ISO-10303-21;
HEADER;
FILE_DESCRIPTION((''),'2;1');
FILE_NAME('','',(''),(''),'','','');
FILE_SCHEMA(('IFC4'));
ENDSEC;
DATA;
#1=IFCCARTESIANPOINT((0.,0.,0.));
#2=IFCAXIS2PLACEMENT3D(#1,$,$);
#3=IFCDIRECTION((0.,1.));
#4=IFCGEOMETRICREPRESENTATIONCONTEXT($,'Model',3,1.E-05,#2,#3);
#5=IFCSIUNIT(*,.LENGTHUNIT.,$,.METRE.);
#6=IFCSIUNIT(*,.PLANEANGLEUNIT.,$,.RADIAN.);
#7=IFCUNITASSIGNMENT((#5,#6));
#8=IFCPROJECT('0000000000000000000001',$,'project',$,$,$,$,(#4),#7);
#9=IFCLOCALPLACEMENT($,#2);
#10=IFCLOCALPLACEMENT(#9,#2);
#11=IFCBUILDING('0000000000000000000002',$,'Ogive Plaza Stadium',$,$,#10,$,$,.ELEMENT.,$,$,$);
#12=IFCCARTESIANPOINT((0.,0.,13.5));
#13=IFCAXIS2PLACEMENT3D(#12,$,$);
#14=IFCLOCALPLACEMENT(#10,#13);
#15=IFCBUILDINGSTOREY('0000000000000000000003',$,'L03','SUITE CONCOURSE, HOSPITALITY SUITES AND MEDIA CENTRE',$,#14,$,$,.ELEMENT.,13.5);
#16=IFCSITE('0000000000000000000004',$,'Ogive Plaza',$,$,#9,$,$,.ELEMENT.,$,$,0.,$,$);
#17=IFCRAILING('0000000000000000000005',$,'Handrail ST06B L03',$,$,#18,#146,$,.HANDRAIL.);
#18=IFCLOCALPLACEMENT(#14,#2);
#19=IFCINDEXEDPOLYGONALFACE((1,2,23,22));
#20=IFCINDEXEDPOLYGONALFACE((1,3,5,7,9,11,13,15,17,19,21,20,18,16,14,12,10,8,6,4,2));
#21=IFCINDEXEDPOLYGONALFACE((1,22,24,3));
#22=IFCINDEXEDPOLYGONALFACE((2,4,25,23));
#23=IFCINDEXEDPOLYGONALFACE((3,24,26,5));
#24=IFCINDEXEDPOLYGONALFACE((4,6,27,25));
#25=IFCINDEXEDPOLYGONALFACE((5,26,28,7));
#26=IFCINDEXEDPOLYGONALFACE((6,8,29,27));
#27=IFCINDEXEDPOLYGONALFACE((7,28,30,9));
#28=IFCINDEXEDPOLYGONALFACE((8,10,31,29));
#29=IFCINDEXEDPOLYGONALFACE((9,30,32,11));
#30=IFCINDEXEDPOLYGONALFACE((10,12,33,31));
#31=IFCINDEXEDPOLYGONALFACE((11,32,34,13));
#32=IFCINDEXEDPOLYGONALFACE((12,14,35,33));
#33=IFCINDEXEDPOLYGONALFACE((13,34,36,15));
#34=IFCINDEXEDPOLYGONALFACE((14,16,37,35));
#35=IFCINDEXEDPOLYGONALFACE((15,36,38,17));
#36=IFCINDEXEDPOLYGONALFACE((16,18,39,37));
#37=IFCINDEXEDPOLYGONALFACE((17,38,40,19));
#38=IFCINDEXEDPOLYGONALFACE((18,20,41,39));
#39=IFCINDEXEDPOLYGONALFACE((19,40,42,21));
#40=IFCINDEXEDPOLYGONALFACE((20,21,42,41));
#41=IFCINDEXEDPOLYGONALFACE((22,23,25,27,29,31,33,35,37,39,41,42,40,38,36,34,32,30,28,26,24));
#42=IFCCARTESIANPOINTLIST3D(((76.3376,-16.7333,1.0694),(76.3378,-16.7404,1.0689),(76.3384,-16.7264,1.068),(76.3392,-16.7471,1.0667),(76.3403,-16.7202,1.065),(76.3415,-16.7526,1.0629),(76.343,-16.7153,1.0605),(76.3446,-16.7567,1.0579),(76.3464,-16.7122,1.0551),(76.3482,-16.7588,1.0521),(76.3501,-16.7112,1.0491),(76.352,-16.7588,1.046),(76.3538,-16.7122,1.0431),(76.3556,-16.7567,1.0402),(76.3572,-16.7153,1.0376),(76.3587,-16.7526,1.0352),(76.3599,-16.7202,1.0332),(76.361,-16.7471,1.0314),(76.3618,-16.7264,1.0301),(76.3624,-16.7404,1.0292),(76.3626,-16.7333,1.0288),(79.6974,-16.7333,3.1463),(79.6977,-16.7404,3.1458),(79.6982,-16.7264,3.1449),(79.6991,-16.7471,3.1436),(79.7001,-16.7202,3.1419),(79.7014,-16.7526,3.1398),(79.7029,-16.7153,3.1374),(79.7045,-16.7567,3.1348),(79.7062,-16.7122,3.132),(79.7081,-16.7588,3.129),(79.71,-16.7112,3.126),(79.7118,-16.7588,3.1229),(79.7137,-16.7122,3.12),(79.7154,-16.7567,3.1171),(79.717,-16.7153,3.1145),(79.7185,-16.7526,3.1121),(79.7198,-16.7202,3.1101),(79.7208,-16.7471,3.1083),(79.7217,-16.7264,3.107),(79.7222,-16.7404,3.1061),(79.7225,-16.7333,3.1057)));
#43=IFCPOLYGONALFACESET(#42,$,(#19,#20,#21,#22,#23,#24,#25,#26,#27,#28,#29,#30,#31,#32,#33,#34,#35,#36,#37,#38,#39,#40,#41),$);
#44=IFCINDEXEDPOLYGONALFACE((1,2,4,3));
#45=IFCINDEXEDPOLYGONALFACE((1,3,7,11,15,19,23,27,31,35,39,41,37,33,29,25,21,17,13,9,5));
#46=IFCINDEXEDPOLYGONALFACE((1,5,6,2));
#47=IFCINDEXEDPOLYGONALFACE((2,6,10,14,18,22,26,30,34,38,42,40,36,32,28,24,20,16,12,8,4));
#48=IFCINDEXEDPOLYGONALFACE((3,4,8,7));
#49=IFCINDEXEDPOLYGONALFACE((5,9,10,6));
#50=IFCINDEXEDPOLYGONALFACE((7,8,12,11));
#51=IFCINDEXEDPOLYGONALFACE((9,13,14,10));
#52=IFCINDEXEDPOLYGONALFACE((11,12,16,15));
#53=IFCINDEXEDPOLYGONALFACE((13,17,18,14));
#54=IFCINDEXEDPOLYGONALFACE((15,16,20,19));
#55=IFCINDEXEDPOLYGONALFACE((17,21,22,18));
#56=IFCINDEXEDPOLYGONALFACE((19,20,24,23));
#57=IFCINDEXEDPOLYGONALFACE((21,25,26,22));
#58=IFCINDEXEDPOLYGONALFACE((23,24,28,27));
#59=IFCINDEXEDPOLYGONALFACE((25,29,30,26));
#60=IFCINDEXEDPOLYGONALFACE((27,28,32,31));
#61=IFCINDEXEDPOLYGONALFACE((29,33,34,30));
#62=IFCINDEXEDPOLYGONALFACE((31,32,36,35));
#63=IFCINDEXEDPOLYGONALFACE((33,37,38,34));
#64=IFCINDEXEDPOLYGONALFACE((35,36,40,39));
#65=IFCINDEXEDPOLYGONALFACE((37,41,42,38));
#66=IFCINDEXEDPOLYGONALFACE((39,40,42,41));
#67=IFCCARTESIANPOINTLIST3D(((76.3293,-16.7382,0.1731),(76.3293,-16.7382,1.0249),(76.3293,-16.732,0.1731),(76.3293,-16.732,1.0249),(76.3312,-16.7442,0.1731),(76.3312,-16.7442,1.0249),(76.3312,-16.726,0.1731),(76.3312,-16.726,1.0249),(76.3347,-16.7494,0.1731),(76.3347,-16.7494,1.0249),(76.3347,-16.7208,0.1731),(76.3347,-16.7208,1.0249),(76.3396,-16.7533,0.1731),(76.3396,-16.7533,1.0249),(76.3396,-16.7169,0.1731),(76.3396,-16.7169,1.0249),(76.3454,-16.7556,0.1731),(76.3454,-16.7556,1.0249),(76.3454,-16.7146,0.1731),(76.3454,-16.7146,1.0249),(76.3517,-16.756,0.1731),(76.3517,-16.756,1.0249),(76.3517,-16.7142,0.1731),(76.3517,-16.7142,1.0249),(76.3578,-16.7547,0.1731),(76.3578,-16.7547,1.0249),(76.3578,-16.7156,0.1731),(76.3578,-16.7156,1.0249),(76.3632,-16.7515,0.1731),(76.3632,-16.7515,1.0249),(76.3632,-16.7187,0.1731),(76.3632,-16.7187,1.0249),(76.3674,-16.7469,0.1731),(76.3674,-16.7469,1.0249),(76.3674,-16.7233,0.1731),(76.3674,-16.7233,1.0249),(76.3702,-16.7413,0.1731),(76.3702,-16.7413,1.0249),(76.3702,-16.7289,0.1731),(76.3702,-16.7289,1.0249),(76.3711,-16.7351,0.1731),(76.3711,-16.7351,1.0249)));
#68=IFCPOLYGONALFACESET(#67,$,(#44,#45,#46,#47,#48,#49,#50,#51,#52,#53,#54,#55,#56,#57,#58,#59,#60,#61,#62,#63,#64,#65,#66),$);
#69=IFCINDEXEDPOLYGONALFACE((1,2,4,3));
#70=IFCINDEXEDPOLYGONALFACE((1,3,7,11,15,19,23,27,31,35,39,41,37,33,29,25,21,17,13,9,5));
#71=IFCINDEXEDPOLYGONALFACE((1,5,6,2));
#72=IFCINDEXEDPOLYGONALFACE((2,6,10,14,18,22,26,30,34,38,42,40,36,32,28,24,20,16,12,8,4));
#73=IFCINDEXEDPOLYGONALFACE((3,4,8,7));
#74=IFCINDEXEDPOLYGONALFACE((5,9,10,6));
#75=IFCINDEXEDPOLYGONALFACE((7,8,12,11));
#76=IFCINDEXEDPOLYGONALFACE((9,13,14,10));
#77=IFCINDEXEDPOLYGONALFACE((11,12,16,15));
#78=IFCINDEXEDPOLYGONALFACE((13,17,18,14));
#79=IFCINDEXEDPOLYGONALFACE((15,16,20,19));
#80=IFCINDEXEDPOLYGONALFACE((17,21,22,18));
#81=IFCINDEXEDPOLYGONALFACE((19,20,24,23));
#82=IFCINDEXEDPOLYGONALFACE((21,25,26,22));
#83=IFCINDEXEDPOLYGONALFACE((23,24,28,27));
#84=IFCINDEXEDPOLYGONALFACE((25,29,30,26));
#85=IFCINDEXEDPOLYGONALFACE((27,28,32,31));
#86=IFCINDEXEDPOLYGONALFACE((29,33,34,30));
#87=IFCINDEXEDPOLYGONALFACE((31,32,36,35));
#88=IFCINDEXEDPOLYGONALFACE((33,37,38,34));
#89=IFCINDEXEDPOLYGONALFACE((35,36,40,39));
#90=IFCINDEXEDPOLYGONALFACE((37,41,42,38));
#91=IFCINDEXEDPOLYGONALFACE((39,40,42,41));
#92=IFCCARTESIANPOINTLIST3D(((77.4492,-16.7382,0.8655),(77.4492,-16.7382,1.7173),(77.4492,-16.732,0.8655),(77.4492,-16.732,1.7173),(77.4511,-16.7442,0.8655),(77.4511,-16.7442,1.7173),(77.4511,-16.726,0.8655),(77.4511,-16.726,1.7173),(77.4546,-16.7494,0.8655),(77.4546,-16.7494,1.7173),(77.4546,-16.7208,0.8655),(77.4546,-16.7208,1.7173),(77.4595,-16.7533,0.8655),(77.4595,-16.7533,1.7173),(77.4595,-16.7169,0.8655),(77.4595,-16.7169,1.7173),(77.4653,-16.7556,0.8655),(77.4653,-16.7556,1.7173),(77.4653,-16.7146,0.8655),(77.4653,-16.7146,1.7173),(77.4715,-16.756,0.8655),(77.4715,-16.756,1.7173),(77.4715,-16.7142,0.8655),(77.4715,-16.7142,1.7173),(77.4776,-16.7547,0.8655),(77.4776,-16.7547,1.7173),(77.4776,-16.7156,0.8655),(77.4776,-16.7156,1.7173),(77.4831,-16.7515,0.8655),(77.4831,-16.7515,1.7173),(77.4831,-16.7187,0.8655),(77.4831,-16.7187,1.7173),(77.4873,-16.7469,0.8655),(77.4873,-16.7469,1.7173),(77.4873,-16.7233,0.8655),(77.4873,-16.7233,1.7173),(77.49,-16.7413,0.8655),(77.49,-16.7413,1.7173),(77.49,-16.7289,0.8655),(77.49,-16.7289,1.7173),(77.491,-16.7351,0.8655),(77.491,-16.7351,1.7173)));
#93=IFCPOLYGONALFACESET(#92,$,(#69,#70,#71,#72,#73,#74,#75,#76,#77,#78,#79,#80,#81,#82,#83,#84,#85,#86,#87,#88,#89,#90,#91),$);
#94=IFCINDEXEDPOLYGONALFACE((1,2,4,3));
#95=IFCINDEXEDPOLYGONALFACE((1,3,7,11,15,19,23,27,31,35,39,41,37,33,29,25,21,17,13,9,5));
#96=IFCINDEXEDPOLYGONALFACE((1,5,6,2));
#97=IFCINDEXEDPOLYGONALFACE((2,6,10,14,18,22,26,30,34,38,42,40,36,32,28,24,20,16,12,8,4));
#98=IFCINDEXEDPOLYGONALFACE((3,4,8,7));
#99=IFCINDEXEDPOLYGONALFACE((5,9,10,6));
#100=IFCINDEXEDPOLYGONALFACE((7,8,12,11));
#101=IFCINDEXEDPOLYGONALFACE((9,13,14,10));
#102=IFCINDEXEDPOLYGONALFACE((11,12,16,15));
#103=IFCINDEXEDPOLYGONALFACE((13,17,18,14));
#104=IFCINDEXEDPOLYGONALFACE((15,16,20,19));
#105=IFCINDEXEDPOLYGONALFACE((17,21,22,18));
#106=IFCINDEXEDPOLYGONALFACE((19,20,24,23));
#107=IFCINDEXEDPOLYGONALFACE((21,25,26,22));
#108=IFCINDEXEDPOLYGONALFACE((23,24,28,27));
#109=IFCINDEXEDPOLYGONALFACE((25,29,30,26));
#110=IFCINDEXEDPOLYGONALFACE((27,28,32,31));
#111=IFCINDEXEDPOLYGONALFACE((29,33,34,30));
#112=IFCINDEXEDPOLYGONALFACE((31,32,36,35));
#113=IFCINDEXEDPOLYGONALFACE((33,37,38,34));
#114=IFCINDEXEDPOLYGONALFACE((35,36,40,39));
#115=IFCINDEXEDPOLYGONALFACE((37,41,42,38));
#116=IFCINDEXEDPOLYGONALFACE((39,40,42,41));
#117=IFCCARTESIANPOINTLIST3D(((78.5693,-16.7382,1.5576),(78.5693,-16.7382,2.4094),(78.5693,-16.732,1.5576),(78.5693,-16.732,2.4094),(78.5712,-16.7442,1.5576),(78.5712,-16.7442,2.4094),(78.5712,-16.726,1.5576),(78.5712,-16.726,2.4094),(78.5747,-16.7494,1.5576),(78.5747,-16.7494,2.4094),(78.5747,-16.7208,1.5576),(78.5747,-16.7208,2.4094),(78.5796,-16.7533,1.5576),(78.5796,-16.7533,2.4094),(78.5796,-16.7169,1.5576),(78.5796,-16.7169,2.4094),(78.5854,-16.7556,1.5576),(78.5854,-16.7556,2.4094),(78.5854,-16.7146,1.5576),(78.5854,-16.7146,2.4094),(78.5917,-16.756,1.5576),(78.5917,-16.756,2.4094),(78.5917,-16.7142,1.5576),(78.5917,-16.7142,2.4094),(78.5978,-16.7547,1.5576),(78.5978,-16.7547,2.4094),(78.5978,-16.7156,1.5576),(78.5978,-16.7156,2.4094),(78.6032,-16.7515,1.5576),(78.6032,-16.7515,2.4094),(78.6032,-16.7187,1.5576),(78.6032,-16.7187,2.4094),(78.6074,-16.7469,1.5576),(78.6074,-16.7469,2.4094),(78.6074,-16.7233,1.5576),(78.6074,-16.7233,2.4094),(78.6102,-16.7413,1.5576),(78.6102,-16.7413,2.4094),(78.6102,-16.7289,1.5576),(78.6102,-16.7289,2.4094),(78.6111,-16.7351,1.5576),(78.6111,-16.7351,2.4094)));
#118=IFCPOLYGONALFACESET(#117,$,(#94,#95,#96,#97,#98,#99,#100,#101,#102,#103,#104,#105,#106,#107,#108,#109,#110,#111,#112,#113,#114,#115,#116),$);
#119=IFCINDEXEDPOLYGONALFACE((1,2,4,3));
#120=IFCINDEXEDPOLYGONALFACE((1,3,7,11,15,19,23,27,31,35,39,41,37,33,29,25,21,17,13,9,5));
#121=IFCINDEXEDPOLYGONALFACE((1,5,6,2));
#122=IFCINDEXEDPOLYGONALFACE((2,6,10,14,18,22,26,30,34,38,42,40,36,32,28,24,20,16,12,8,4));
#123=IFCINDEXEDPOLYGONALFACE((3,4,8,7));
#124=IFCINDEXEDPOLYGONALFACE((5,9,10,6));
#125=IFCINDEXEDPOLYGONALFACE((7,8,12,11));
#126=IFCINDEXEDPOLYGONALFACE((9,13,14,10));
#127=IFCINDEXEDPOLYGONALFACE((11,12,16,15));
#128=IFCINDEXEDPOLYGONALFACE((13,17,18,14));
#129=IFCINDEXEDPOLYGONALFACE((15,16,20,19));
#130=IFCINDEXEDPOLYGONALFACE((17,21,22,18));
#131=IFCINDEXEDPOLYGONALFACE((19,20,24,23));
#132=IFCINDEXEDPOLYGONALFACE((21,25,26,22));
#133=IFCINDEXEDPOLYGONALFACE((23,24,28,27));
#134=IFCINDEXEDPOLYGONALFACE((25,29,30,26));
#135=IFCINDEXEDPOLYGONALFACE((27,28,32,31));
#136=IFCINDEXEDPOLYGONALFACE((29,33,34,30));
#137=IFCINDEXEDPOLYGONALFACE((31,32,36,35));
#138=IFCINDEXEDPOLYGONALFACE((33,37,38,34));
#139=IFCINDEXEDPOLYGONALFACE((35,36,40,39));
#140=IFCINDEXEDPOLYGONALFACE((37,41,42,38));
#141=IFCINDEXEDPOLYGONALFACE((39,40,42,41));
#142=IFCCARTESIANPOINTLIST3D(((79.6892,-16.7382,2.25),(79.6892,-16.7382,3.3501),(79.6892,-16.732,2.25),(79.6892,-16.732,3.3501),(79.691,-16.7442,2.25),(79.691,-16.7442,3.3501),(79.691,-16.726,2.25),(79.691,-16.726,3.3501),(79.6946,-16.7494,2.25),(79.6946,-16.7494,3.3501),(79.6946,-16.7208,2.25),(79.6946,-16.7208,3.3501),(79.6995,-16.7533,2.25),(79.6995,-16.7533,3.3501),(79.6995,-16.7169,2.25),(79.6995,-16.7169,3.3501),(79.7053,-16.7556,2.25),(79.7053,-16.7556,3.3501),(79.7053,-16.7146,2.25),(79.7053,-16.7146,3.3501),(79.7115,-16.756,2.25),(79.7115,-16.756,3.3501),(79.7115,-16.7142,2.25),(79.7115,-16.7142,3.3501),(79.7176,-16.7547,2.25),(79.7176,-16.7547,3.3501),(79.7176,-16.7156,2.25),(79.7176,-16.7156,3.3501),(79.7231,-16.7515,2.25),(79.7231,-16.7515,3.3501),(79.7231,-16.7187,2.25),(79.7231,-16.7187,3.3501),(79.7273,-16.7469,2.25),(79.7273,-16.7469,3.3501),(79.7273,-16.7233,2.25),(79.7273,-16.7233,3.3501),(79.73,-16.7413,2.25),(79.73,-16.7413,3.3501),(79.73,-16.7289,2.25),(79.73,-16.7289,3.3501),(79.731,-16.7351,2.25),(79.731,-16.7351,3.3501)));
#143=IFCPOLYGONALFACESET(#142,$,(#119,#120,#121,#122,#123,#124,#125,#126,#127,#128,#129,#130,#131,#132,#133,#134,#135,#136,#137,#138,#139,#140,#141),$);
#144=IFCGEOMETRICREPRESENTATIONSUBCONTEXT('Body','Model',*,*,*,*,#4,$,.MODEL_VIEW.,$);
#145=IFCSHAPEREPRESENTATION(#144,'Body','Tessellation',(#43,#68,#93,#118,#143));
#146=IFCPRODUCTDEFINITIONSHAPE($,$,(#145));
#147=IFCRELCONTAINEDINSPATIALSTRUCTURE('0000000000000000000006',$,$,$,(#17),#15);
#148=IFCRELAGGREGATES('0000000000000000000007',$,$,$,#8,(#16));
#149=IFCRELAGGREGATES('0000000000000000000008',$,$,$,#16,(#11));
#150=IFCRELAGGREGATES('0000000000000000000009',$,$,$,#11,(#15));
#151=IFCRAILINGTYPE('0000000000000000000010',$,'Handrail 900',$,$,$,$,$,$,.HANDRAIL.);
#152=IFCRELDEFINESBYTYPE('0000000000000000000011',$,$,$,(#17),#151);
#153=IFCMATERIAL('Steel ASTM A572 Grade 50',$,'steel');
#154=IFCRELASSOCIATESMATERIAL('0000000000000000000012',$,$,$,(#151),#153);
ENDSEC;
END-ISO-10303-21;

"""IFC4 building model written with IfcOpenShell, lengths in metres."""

from ifc_helpers import new_model, si_unit, direction, frame, origin, origin_2d, place, context, subcontext, project, spatial, circle, extrude, material, type_object, element, save


model = new_model("IFC4")

# Units and contexts
model_context = context("Model", 3, precision=1e-05, world=origin(), true_north=direction((0.0, 1.0)))
body_context = subcontext(model_context, "Body", "Model", "MODEL_VIEW")
ifc_project = project(units=[si_unit("LENGTHUNIT", "METRE"), si_unit("PLANEANGLEUNIT", "RADIAN")], contexts=[model_context])

# Site, building, storey
site_placement = place(None, origin())
site = spatial("IfcSite", under=ifc_project, at=site_placement, Name="Ogive Plaza", CompositionType="ELEMENT", RefElevation=0.0)
building_placement = place(site_placement, origin())
building = spatial("IfcBuilding", under=site, at=building_placement, Name="Ogive Plaza Stadium", CompositionType="ELEMENT")
storey_placement = place(building_placement, frame((0.0, 0.0, 13.5)))
storey = spatial("IfcBuildingStorey", under=building, at=storey_placement, Name="L03", Description="SUITE CONCOURSE, HOSPITALITY SUITES AND MEDIA CENTRE", CompositionType="ELEMENT", Elevation=13.5)

# Railing
ifc_material_1 = material(Name="Steel ASTM A572 Grade 50", Category="steel")
railing_type_1 = type_object("IfcRailingType", Name="Handrail 900", PredefinedType="HANDRAIL", material=ifc_material_1)
for number, where, name in (
    (1, (76.3501, -16.7351, 0.1731), "Handrail ST06B L03"),
):
    element("IfcRailing", number, at=place(storey_placement, frame(where)), inside=storey, type_object=railing_type_1, Name=name, PredefinedType="HANDRAIL", context=body_context, shape_type="SweptSolid", body=[
        extrude(circle(Radius=0.0239, at=origin_2d()), frame((0.0, 0.0, 0.876), z_axis=(0.850606, 0.0, 0.525803), x_axis=(0.0, 1.0, 0.0)), (0.0, 0.0, 1.0), 3.95),
        extrude(circle(Radius=0.021, at=origin_2d()), origin(), (0.0, 0.0, 1.0), 0.8518),
        extrude(circle(Radius=0.021, at=origin_2d()), frame((1.1199, 0.0, 0.6924)), (0.0, 0.0, 1.0), 0.8518),
        extrude(circle(Radius=0.021, at=origin_2d()), frame((2.24, 0.0, 1.3845)), (0.0, 0.0, 1.0), 0.8518),
        extrude(circle(Radius=0.021, at=origin_2d()), frame((3.3599, 0.0, 2.0769)), (0.0, 0.0, 1.0), 1.1001),
    ])

save(model, "model.ifc")
